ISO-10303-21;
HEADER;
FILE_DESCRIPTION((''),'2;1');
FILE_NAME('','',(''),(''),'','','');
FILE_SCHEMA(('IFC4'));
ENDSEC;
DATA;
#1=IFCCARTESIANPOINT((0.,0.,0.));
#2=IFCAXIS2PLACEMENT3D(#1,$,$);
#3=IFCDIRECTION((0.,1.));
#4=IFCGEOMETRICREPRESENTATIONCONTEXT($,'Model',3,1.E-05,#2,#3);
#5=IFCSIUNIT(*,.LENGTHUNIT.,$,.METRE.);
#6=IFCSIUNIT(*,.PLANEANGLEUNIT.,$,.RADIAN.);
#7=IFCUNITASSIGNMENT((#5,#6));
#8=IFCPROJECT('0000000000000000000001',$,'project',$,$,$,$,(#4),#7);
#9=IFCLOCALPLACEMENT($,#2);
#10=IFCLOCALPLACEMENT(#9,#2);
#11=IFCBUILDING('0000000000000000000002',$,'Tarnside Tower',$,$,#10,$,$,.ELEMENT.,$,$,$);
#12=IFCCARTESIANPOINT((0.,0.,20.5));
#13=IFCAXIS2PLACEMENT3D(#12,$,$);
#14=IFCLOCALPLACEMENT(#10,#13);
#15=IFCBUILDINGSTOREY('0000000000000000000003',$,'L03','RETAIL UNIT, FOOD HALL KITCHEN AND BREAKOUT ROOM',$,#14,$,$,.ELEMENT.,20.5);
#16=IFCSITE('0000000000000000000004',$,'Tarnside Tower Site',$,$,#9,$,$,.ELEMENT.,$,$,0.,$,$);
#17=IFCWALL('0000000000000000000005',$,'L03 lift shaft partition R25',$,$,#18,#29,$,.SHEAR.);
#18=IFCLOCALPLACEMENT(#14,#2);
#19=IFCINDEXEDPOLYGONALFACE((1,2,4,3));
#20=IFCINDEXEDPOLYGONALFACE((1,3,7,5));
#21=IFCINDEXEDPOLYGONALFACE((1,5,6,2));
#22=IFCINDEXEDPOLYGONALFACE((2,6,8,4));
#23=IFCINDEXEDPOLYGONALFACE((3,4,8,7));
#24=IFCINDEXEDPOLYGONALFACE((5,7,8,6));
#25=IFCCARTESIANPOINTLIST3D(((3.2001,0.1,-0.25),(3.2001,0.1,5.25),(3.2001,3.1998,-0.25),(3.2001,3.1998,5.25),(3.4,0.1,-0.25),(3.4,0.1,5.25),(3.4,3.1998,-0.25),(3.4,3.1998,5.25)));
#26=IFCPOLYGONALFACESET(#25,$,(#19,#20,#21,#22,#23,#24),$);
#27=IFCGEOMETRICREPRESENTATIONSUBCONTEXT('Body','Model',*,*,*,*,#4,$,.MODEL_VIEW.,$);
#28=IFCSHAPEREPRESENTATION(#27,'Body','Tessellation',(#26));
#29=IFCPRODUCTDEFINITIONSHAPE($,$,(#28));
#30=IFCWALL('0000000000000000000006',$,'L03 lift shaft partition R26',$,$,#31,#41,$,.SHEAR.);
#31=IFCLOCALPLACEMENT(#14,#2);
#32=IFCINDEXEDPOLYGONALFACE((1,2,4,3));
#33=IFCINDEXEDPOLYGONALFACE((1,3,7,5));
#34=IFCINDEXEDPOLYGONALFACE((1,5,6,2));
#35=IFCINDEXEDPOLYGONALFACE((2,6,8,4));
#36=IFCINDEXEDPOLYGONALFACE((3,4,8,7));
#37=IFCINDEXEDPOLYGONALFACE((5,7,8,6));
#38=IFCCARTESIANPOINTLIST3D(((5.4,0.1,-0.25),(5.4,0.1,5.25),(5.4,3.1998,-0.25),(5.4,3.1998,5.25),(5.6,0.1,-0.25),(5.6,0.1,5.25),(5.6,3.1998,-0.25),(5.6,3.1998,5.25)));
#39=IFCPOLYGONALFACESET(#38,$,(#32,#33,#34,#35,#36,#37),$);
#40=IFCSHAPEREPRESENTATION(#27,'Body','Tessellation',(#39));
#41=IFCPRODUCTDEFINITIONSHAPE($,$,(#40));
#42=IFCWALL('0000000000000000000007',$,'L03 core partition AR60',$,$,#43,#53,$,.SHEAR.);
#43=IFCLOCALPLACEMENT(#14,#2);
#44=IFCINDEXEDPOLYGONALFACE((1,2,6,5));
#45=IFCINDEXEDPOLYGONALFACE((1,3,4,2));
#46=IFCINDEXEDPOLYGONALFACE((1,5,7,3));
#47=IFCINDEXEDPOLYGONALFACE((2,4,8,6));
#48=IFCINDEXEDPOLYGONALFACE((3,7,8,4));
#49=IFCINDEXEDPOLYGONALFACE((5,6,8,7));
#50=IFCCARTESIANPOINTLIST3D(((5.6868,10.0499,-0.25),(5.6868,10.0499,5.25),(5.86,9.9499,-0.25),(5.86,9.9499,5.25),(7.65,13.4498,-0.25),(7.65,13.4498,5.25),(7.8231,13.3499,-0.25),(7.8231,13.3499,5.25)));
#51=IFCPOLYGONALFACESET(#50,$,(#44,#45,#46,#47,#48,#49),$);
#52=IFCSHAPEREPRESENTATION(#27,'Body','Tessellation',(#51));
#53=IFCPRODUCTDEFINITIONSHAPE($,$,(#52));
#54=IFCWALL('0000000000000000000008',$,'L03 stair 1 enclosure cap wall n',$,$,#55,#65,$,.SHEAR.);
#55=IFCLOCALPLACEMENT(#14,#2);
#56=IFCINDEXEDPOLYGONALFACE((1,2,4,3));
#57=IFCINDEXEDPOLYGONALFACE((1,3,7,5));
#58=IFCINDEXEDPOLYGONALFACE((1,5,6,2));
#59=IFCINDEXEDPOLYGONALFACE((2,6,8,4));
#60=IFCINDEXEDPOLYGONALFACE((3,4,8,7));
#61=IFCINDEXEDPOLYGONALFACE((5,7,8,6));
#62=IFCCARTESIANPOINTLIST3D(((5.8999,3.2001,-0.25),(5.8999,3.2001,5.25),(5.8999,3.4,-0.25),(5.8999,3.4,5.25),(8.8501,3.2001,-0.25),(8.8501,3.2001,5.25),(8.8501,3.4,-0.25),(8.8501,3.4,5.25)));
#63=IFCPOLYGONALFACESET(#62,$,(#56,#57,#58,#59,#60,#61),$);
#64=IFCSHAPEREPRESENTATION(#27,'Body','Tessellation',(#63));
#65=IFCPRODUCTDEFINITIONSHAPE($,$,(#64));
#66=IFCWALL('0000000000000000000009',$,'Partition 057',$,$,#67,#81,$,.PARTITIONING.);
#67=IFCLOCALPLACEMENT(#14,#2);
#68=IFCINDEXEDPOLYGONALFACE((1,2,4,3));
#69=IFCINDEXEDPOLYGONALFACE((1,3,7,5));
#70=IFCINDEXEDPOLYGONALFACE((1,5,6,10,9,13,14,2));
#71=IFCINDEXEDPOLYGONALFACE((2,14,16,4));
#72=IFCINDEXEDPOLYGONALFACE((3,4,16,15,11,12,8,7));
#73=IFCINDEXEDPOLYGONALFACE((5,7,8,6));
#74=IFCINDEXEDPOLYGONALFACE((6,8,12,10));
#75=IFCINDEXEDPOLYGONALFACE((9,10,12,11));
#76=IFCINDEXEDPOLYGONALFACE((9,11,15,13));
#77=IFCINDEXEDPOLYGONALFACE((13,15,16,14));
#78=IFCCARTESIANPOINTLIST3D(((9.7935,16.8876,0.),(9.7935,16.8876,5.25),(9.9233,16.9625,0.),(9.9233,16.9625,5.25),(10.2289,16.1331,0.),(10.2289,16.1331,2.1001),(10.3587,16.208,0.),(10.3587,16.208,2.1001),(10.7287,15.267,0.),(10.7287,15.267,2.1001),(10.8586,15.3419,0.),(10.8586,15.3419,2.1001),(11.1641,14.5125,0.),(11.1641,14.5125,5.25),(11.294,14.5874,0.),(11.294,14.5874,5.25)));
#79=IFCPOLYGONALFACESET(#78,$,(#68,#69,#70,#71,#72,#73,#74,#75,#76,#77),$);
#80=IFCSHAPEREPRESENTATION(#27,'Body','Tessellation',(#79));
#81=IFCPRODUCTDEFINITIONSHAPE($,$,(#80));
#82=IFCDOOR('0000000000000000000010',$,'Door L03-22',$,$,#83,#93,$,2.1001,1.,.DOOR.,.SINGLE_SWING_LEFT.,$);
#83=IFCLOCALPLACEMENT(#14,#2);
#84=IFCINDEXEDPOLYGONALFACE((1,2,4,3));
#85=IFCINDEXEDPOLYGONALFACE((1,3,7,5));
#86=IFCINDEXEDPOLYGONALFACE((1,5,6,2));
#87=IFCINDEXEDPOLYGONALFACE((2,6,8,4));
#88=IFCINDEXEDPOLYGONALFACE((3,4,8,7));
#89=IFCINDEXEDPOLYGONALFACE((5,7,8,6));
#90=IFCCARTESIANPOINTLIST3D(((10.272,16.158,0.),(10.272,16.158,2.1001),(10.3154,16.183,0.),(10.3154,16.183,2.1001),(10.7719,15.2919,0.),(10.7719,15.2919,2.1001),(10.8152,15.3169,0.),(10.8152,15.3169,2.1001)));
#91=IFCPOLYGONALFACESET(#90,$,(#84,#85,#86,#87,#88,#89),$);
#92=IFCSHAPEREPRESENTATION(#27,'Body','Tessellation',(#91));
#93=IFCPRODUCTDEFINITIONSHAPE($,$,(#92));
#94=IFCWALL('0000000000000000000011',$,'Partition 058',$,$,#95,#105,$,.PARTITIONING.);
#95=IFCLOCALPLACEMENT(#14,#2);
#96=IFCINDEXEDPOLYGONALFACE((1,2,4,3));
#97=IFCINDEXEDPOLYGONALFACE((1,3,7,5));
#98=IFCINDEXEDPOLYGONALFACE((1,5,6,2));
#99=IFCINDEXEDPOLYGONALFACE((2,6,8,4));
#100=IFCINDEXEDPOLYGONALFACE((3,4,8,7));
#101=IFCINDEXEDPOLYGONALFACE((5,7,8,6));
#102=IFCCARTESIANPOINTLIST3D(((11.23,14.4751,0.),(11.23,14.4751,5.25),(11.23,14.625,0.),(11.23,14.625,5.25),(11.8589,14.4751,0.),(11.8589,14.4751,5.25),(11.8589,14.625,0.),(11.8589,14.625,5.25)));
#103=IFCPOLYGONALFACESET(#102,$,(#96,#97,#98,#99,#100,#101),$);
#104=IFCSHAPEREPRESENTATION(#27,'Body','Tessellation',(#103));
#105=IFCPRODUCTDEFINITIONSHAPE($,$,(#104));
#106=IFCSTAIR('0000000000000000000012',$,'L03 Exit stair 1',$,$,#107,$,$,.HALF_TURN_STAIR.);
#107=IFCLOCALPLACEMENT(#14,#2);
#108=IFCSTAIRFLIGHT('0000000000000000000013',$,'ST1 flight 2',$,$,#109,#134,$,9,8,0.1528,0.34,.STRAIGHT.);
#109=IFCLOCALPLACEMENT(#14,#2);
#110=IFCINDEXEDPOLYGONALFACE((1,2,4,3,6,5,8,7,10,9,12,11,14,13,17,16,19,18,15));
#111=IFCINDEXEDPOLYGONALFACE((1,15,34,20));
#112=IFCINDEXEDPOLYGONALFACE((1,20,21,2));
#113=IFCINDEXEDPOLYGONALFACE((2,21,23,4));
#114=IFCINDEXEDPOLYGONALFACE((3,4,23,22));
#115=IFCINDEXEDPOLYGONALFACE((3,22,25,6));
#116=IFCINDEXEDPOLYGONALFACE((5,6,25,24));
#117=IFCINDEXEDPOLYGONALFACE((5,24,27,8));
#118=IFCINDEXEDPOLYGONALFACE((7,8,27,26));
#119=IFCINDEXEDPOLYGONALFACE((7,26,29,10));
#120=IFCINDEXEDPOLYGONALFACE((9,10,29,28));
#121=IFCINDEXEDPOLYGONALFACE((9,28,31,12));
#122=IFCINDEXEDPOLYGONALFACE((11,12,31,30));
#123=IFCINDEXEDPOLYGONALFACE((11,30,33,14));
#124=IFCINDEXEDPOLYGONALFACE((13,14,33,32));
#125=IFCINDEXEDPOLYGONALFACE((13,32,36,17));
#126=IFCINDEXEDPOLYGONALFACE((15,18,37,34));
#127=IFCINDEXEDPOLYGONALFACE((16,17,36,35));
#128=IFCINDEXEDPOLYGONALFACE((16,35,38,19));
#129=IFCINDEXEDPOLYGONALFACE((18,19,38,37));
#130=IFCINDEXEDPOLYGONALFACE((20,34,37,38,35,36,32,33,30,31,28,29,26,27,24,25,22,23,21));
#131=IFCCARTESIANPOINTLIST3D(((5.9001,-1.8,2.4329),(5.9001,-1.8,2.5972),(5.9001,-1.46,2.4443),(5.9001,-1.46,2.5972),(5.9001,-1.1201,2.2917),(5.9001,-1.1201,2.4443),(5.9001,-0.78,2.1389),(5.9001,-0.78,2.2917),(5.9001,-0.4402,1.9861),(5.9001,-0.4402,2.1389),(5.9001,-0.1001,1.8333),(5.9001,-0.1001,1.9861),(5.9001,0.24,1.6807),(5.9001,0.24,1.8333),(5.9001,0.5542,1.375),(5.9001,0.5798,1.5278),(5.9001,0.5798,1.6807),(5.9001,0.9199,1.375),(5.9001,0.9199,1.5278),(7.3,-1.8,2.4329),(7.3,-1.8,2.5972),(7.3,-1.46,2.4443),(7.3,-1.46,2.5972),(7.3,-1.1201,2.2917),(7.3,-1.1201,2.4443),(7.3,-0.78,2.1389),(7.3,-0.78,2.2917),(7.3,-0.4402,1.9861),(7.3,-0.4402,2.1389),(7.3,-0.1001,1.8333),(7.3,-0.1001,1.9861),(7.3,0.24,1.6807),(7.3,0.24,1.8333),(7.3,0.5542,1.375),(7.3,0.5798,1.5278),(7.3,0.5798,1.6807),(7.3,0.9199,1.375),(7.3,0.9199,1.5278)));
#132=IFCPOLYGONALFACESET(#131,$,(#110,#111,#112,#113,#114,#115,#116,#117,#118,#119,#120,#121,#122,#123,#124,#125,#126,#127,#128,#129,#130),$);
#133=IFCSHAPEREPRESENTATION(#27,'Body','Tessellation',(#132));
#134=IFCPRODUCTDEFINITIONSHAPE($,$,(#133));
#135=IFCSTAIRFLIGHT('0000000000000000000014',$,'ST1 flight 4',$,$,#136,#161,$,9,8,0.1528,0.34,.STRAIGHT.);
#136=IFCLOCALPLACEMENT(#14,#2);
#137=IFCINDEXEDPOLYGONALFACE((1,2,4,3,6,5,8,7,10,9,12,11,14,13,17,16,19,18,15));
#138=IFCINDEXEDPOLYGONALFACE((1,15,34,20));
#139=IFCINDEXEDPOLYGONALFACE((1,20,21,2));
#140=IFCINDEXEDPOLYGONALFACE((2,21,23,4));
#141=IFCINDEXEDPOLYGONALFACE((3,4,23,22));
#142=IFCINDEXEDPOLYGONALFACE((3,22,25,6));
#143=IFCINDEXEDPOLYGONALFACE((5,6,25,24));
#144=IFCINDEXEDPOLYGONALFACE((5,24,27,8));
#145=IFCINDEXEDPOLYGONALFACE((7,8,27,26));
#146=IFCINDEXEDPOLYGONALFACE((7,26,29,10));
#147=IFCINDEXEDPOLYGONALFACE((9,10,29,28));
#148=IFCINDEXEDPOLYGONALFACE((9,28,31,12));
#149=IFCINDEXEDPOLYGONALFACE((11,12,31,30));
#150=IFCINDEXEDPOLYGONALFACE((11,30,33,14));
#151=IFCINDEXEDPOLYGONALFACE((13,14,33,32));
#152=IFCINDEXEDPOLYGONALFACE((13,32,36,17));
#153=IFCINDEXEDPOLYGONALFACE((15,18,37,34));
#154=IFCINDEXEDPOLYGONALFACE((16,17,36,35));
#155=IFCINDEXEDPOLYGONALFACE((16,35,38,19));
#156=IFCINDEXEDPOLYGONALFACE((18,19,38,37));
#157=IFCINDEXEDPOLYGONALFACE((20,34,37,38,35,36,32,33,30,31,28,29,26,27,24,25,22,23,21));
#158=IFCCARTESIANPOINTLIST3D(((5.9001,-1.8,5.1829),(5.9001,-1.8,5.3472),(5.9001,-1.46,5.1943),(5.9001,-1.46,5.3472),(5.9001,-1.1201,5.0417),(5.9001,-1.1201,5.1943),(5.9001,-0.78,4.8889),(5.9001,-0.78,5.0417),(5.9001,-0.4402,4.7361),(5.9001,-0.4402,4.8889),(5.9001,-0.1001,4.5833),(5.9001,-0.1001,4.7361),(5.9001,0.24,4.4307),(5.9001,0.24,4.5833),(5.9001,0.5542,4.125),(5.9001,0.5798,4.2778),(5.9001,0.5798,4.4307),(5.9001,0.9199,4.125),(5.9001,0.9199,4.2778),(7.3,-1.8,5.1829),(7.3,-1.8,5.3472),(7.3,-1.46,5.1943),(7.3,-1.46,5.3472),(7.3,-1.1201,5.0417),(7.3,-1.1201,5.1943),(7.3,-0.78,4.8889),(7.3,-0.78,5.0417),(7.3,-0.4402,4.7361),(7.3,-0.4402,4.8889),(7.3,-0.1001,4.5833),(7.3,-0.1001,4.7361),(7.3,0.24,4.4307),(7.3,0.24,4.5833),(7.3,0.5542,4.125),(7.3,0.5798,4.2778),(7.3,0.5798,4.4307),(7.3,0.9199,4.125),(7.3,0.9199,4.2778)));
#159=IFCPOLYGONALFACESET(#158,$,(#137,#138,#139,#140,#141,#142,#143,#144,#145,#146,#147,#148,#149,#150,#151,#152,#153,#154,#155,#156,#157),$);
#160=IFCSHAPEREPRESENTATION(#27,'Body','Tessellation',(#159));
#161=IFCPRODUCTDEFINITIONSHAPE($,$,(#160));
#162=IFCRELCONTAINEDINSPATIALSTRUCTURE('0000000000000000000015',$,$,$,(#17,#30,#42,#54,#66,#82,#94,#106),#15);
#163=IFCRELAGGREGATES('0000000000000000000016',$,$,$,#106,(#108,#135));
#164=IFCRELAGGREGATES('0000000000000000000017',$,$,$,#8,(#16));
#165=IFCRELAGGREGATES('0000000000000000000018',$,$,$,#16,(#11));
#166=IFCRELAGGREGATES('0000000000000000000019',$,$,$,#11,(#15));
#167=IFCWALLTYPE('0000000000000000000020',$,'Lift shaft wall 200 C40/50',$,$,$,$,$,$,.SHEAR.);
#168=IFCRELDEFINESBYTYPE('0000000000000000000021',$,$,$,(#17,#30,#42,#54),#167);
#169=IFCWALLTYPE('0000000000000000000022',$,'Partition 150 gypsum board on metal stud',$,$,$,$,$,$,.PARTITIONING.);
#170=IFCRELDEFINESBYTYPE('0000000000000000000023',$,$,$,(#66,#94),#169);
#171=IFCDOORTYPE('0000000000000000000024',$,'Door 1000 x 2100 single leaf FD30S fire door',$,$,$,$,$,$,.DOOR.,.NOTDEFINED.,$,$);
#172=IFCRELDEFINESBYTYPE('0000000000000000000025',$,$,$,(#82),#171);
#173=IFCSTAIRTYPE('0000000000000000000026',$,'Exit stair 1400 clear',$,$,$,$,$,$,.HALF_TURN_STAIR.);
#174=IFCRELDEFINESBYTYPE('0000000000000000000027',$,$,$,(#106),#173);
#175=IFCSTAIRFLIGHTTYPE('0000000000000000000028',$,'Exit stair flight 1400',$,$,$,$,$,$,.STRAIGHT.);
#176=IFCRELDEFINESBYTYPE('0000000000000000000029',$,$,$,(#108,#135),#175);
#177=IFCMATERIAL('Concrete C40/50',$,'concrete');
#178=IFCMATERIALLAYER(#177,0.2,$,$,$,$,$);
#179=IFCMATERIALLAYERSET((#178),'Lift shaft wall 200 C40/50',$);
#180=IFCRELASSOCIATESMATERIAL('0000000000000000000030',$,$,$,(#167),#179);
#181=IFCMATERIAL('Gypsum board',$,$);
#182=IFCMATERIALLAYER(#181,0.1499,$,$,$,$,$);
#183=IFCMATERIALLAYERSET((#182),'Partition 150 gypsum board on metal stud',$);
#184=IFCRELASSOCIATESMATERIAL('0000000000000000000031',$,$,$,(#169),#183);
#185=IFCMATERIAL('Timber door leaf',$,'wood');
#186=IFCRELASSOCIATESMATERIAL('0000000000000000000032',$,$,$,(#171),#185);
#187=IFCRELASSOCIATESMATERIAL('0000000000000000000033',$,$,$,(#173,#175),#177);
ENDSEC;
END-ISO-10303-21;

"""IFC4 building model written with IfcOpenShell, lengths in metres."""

from ifc_helpers import new_model, si_unit, direction, frame, frame_2d, origin, place, context, subcontext, project, spatial, polyline, rectangle, outline, extrude, material, layer, layer_set, type_object, element, fill, aggregate, save


model = new_model("IFC4")

# Units and contexts
model_context = context("Model", 3, precision=1e-05, world=origin(), true_north=direction((0.0, 1.0)))
body_context = subcontext(model_context, "Body", "Model", "MODEL_VIEW")
ifc_project = project(units=[si_unit("LENGTHUNIT", "METRE"), si_unit("PLANEANGLEUNIT", "RADIAN")], contexts=[model_context])

# Site, building, storey
site_placement = place(None, origin())
site = spatial("IfcSite", under=ifc_project, at=site_placement, Name="Tarnside Tower Site", CompositionType="ELEMENT", RefElevation=0.0)
building_placement = place(site_placement, origin())
building = spatial("IfcBuilding", under=site, at=building_placement, Name="Tarnside Tower", CompositionType="ELEMENT")
storey_placement = place(building_placement, frame((0.0, 0.0, 20.5)))
storey = spatial("IfcBuildingStorey", under=building, at=storey_placement, Name="L03", Description="RETAIL UNIT, FOOD HALL KITCHEN AND BREAKOUT ROOM", CompositionType="ELEMENT", Elevation=20.5)

# Shared definitions
ifc_material_1 = material(Name="Concrete C40/50", Category="concrete")

# Walls
ifc_layer_1 = layer(ifc_material_1, 0.2)
ifc_layer_set_1 = layer_set([ifc_layer_1], Name="Lift shaft wall 200 C40/50")
wall_type_1 = type_object("IfcWallType", Name="Lift shaft wall 200 C40/50", PredefinedType="SHEAR", material=ifc_layer_set_1)
for number, where, z_axis, x_axis, name in (
    (1, (3.3, 0.1001, -0.25), (0.0, 0.0, 1.0), (0.0, 1.0, 0.0), "L03 lift shaft partition R25"),
    (2, (5.5, 0.1001, -0.25), (0.0, 0.0, 1.0), (0.0, 1.0, 0.0), "L03 lift shaft partition R26"),
):
    element("IfcWall", number, at=place(storey_placement, frame(where, z_axis=z_axis, x_axis=x_axis)), inside=storey, type_object=wall_type_1, Name=name, PredefinedType="SHEAR", context=body_context, shape_type="SweptSolid", body=[
        extrude(rectangle(XDim=3.0999, YDim=0.2, at=frame_2d((1.5498, 0.0))), origin(), (0.0, 0.0, 1.0), 5.5),
    ])
wall_1_placement = place(storey_placement, frame((5.7734, 10.0, -0.25), z_axis=(0.0, 0.0, 1.0), x_axis=(0.500038, 0.866003, 0.0)))
element("IfcWall", 3, at=wall_1_placement, inside=storey, type_object=wall_type_1, Name="L03 core partition AR60", PredefinedType="SHEAR", context=body_context, shape_type="SweptSolid", body=[
    extrude(rectangle(XDim=3.926, YDim=0.2, at=frame_2d((1.9629, 0.0))), origin(), (0.0, 0.0, 1.0), 5.5),
])
wall_2_placement = place(storey_placement, frame((5.8999, 3.3, -0.25), z_axis=(0.0, 0.0, 1.0), x_axis=(1.0, 0.0, 0.0)))
element("IfcWall", 4, at=wall_2_placement, inside=storey, type_object=wall_type_1, Name="L03 stair 1 enclosure cap wall n", PredefinedType="SHEAR", context=body_context, shape_type="SweptSolid", body=[
    extrude(rectangle(XDim=2.9502, YDim=0.2, at=frame_2d((1.4751, 0.0))), origin(), (0.0, 0.0, 1.0), 5.5),
])

# Wall, opening, door
ifc_material_2 = material(Name="Gypsum board")
ifc_layer_2 = layer(ifc_material_2, 0.1499)
ifc_layer_set_2 = layer_set([ifc_layer_2], Name="Partition 150 gypsum board on metal stud")
wall_type_2 = type_object("IfcWallType", Name="Partition 150 gypsum board on metal stud", PredefinedType="PARTITIONING", material=ifc_layer_set_2)
wall_3_placement = place(storey_placement, frame((9.8584, 16.925, 0.0), z_axis=(0.0, 0.0, 1.0), x_axis=(0.499835, -0.86612, 0.0)))
wall_3 = element("IfcWall", 5, at=wall_3_placement, inside=storey, type_object=wall_type_2, Name="Partition 057", PredefinedType="PARTITIONING", context=body_context, shape_type="SweptSolid", body=[
    extrude(rectangle(XDim=2.7422, YDim=0.1499, at=frame_2d((1.3711, 0.0))), origin(), (0.0, 0.0, 1.0), 5.25),
])
opening_1_placement = place(wall_3_placement, frame((0.8711, 0.0, 0.0)))
opening_1 = element("IfcOpeningElement", 6, at=opening_1_placement, cuts=wall_3, PredefinedType="OPENING", context=body_context, shape_type="SweptSolid", body=[
    extrude(rectangle(XDim=1.0, YDim=2.1001, at=frame_2d((0.5, 1.05))), frame((0.0, 0.085, 0.0), z_axis=(0.0, -1.0, 0.0), x_axis=(1.0, 0.0, 0.0)), (0.0, 0.0, 1.0), 0.1699),
])
ifc_material_3 = material(Name="Timber door leaf", Category="wood")
door_type_1 = type_object("IfcDoorType", Name="Door 1000 x 2100 single leaf FD30S fire door", OperationType="NOTDEFINED", PredefinedType="DOOR", material=ifc_material_3)
door_1_placement = place(opening_1_placement, origin())
door_1 = element("IfcDoor", 7, at=door_1_placement, inside=storey, type_object=door_type_1, Name="Door L03-22", OperationType="SINGLE_SWING_LEFT", OverallHeight=2.1001, OverallWidth=1.0, PredefinedType="DOOR", context=body_context, shape_type="SweptSolid", body=[
    extrude(rectangle(XDim=1.0, YDim=2.1001, at=frame_2d((0.5, 1.05))), frame((0.0, 0.0249, 0.0), z_axis=(0.0, -1.0, 0.0), x_axis=(1.0, 0.0, 0.0)), (0.0, 0.0, 1.0), 0.05),
])
fill(opening_1, door_1)

# Wall
wall_4_placement = place(storey_placement, frame((11.23, 14.55, 0.0), z_axis=(0.0, 0.0, 1.0), x_axis=(1.0, 0.0, 0.0)))
element("IfcWall", 8, at=wall_4_placement, inside=storey, type_object=wall_type_2, Name="Partition 058", PredefinedType="PARTITIONING", context=body_context, shape_type="SweptSolid", body=[
    extrude(rectangle(XDim=0.6289, YDim=0.1499, at=frame_2d((0.3145, 0.0))), origin(), (0.0, 0.0, 1.0), 5.25),
])

# Stair, stair flights
stair_type_1 = type_object("IfcStairType", Name="Exit stair 1400 clear", PredefinedType="HALF_TURN_STAIR", material=ifc_material_1)
stair_1_placement = place(storey_placement, origin())
stair_1 = element("IfcStair", 9, at=stair_1_placement, inside=storey, type_object=stair_type_1, Name="L03 Exit stair 1", PredefinedType="HALF_TURN_STAIR")
stair_flight_type = type_object("IfcStairFlightType", Name="Exit stair flight 1400", PredefinedType="STRAIGHT", material=ifc_material_1)
stair_flight_1_placement = place(storey_placement, frame((6.6001, 0.9199, 1.375), z_axis=(0.0, 0.0, 1.0), x_axis=(0.0, -1.0, 0.0)))
stair_flight_1 = element("IfcStairFlight", 10, at=stair_flight_1_placement, type_object=stair_flight_type, Name="ST1 flight 2", NumberOfRisers=9, NumberOfTreads=8, PredefinedType="STRAIGHT", RiserHeight=0.1528, TreadLength=0.34, context=body_context, shape_type="SweptSolid", body=[
    extrude(outline(polyline([(0.0, 0.0), (0.0, 0.1528), (0.3401, 0.1528), (0.3401, 0.3057), (0.6799, 0.3057), (0.6799, 0.4583), (1.02, 0.4583), (1.02, 0.6111), (1.3601, 0.6111), (1.3601, 0.7639), (1.7, 0.7639), (1.7, 0.9167), (2.04, 0.9167), (2.04, 1.0693), (2.3799, 1.0693), (2.3799, 1.2222), (2.72, 1.2222), (2.72, 1.375), (2.72, 1.0579), (0.3657, 0.0), (0.0, 0.0)])), frame((0.0, 0.7, 0.0), z_axis=(0.0, -1.0, 0.0), x_axis=(1.0, 0.0, 0.0)), (0.0, 0.0, 1.0), 1.3999),
])
stair_flight_2_placement = place(storey_placement, frame((6.6001, 0.9199, 4.125), z_axis=(0.0, 0.0, 1.0), x_axis=(0.0, -1.0, 0.0)))
stair_flight_2 = element("IfcStairFlight", 11, at=stair_flight_2_placement, type_object=stair_flight_type, Name="ST1 flight 4", NumberOfRisers=9, NumberOfTreads=8, PredefinedType="STRAIGHT", RiserHeight=0.1528, TreadLength=0.34, context=body_context, shape_type="SweptSolid", body=[
    extrude(outline(polyline([(0.0, 0.0), (0.0, 0.1528), (0.3401, 0.1528), (0.3401, 0.3057), (0.6799, 0.3057), (0.6799, 0.4583), (1.02, 0.4583), (1.02, 0.6111), (1.3601, 0.6111), (1.3601, 0.7639), (1.7, 0.7639), (1.7, 0.9167), (2.04, 0.9167), (2.04, 1.0693), (2.3799, 1.0693), (2.3799, 1.2222), (2.72, 1.2222), (2.72, 1.375), (2.72, 1.0579), (0.3657, 0.0), (0.0, 0.0)])), frame((0.0, 0.7, 0.0), z_axis=(0.0, -1.0, 0.0), x_axis=(1.0, 0.0, 0.0)), (0.0, 0.0, 1.0), 1.3999),
])
aggregate(stair_1, [stair_flight_1, stair_flight_2])

save(model, "model.ifc")
